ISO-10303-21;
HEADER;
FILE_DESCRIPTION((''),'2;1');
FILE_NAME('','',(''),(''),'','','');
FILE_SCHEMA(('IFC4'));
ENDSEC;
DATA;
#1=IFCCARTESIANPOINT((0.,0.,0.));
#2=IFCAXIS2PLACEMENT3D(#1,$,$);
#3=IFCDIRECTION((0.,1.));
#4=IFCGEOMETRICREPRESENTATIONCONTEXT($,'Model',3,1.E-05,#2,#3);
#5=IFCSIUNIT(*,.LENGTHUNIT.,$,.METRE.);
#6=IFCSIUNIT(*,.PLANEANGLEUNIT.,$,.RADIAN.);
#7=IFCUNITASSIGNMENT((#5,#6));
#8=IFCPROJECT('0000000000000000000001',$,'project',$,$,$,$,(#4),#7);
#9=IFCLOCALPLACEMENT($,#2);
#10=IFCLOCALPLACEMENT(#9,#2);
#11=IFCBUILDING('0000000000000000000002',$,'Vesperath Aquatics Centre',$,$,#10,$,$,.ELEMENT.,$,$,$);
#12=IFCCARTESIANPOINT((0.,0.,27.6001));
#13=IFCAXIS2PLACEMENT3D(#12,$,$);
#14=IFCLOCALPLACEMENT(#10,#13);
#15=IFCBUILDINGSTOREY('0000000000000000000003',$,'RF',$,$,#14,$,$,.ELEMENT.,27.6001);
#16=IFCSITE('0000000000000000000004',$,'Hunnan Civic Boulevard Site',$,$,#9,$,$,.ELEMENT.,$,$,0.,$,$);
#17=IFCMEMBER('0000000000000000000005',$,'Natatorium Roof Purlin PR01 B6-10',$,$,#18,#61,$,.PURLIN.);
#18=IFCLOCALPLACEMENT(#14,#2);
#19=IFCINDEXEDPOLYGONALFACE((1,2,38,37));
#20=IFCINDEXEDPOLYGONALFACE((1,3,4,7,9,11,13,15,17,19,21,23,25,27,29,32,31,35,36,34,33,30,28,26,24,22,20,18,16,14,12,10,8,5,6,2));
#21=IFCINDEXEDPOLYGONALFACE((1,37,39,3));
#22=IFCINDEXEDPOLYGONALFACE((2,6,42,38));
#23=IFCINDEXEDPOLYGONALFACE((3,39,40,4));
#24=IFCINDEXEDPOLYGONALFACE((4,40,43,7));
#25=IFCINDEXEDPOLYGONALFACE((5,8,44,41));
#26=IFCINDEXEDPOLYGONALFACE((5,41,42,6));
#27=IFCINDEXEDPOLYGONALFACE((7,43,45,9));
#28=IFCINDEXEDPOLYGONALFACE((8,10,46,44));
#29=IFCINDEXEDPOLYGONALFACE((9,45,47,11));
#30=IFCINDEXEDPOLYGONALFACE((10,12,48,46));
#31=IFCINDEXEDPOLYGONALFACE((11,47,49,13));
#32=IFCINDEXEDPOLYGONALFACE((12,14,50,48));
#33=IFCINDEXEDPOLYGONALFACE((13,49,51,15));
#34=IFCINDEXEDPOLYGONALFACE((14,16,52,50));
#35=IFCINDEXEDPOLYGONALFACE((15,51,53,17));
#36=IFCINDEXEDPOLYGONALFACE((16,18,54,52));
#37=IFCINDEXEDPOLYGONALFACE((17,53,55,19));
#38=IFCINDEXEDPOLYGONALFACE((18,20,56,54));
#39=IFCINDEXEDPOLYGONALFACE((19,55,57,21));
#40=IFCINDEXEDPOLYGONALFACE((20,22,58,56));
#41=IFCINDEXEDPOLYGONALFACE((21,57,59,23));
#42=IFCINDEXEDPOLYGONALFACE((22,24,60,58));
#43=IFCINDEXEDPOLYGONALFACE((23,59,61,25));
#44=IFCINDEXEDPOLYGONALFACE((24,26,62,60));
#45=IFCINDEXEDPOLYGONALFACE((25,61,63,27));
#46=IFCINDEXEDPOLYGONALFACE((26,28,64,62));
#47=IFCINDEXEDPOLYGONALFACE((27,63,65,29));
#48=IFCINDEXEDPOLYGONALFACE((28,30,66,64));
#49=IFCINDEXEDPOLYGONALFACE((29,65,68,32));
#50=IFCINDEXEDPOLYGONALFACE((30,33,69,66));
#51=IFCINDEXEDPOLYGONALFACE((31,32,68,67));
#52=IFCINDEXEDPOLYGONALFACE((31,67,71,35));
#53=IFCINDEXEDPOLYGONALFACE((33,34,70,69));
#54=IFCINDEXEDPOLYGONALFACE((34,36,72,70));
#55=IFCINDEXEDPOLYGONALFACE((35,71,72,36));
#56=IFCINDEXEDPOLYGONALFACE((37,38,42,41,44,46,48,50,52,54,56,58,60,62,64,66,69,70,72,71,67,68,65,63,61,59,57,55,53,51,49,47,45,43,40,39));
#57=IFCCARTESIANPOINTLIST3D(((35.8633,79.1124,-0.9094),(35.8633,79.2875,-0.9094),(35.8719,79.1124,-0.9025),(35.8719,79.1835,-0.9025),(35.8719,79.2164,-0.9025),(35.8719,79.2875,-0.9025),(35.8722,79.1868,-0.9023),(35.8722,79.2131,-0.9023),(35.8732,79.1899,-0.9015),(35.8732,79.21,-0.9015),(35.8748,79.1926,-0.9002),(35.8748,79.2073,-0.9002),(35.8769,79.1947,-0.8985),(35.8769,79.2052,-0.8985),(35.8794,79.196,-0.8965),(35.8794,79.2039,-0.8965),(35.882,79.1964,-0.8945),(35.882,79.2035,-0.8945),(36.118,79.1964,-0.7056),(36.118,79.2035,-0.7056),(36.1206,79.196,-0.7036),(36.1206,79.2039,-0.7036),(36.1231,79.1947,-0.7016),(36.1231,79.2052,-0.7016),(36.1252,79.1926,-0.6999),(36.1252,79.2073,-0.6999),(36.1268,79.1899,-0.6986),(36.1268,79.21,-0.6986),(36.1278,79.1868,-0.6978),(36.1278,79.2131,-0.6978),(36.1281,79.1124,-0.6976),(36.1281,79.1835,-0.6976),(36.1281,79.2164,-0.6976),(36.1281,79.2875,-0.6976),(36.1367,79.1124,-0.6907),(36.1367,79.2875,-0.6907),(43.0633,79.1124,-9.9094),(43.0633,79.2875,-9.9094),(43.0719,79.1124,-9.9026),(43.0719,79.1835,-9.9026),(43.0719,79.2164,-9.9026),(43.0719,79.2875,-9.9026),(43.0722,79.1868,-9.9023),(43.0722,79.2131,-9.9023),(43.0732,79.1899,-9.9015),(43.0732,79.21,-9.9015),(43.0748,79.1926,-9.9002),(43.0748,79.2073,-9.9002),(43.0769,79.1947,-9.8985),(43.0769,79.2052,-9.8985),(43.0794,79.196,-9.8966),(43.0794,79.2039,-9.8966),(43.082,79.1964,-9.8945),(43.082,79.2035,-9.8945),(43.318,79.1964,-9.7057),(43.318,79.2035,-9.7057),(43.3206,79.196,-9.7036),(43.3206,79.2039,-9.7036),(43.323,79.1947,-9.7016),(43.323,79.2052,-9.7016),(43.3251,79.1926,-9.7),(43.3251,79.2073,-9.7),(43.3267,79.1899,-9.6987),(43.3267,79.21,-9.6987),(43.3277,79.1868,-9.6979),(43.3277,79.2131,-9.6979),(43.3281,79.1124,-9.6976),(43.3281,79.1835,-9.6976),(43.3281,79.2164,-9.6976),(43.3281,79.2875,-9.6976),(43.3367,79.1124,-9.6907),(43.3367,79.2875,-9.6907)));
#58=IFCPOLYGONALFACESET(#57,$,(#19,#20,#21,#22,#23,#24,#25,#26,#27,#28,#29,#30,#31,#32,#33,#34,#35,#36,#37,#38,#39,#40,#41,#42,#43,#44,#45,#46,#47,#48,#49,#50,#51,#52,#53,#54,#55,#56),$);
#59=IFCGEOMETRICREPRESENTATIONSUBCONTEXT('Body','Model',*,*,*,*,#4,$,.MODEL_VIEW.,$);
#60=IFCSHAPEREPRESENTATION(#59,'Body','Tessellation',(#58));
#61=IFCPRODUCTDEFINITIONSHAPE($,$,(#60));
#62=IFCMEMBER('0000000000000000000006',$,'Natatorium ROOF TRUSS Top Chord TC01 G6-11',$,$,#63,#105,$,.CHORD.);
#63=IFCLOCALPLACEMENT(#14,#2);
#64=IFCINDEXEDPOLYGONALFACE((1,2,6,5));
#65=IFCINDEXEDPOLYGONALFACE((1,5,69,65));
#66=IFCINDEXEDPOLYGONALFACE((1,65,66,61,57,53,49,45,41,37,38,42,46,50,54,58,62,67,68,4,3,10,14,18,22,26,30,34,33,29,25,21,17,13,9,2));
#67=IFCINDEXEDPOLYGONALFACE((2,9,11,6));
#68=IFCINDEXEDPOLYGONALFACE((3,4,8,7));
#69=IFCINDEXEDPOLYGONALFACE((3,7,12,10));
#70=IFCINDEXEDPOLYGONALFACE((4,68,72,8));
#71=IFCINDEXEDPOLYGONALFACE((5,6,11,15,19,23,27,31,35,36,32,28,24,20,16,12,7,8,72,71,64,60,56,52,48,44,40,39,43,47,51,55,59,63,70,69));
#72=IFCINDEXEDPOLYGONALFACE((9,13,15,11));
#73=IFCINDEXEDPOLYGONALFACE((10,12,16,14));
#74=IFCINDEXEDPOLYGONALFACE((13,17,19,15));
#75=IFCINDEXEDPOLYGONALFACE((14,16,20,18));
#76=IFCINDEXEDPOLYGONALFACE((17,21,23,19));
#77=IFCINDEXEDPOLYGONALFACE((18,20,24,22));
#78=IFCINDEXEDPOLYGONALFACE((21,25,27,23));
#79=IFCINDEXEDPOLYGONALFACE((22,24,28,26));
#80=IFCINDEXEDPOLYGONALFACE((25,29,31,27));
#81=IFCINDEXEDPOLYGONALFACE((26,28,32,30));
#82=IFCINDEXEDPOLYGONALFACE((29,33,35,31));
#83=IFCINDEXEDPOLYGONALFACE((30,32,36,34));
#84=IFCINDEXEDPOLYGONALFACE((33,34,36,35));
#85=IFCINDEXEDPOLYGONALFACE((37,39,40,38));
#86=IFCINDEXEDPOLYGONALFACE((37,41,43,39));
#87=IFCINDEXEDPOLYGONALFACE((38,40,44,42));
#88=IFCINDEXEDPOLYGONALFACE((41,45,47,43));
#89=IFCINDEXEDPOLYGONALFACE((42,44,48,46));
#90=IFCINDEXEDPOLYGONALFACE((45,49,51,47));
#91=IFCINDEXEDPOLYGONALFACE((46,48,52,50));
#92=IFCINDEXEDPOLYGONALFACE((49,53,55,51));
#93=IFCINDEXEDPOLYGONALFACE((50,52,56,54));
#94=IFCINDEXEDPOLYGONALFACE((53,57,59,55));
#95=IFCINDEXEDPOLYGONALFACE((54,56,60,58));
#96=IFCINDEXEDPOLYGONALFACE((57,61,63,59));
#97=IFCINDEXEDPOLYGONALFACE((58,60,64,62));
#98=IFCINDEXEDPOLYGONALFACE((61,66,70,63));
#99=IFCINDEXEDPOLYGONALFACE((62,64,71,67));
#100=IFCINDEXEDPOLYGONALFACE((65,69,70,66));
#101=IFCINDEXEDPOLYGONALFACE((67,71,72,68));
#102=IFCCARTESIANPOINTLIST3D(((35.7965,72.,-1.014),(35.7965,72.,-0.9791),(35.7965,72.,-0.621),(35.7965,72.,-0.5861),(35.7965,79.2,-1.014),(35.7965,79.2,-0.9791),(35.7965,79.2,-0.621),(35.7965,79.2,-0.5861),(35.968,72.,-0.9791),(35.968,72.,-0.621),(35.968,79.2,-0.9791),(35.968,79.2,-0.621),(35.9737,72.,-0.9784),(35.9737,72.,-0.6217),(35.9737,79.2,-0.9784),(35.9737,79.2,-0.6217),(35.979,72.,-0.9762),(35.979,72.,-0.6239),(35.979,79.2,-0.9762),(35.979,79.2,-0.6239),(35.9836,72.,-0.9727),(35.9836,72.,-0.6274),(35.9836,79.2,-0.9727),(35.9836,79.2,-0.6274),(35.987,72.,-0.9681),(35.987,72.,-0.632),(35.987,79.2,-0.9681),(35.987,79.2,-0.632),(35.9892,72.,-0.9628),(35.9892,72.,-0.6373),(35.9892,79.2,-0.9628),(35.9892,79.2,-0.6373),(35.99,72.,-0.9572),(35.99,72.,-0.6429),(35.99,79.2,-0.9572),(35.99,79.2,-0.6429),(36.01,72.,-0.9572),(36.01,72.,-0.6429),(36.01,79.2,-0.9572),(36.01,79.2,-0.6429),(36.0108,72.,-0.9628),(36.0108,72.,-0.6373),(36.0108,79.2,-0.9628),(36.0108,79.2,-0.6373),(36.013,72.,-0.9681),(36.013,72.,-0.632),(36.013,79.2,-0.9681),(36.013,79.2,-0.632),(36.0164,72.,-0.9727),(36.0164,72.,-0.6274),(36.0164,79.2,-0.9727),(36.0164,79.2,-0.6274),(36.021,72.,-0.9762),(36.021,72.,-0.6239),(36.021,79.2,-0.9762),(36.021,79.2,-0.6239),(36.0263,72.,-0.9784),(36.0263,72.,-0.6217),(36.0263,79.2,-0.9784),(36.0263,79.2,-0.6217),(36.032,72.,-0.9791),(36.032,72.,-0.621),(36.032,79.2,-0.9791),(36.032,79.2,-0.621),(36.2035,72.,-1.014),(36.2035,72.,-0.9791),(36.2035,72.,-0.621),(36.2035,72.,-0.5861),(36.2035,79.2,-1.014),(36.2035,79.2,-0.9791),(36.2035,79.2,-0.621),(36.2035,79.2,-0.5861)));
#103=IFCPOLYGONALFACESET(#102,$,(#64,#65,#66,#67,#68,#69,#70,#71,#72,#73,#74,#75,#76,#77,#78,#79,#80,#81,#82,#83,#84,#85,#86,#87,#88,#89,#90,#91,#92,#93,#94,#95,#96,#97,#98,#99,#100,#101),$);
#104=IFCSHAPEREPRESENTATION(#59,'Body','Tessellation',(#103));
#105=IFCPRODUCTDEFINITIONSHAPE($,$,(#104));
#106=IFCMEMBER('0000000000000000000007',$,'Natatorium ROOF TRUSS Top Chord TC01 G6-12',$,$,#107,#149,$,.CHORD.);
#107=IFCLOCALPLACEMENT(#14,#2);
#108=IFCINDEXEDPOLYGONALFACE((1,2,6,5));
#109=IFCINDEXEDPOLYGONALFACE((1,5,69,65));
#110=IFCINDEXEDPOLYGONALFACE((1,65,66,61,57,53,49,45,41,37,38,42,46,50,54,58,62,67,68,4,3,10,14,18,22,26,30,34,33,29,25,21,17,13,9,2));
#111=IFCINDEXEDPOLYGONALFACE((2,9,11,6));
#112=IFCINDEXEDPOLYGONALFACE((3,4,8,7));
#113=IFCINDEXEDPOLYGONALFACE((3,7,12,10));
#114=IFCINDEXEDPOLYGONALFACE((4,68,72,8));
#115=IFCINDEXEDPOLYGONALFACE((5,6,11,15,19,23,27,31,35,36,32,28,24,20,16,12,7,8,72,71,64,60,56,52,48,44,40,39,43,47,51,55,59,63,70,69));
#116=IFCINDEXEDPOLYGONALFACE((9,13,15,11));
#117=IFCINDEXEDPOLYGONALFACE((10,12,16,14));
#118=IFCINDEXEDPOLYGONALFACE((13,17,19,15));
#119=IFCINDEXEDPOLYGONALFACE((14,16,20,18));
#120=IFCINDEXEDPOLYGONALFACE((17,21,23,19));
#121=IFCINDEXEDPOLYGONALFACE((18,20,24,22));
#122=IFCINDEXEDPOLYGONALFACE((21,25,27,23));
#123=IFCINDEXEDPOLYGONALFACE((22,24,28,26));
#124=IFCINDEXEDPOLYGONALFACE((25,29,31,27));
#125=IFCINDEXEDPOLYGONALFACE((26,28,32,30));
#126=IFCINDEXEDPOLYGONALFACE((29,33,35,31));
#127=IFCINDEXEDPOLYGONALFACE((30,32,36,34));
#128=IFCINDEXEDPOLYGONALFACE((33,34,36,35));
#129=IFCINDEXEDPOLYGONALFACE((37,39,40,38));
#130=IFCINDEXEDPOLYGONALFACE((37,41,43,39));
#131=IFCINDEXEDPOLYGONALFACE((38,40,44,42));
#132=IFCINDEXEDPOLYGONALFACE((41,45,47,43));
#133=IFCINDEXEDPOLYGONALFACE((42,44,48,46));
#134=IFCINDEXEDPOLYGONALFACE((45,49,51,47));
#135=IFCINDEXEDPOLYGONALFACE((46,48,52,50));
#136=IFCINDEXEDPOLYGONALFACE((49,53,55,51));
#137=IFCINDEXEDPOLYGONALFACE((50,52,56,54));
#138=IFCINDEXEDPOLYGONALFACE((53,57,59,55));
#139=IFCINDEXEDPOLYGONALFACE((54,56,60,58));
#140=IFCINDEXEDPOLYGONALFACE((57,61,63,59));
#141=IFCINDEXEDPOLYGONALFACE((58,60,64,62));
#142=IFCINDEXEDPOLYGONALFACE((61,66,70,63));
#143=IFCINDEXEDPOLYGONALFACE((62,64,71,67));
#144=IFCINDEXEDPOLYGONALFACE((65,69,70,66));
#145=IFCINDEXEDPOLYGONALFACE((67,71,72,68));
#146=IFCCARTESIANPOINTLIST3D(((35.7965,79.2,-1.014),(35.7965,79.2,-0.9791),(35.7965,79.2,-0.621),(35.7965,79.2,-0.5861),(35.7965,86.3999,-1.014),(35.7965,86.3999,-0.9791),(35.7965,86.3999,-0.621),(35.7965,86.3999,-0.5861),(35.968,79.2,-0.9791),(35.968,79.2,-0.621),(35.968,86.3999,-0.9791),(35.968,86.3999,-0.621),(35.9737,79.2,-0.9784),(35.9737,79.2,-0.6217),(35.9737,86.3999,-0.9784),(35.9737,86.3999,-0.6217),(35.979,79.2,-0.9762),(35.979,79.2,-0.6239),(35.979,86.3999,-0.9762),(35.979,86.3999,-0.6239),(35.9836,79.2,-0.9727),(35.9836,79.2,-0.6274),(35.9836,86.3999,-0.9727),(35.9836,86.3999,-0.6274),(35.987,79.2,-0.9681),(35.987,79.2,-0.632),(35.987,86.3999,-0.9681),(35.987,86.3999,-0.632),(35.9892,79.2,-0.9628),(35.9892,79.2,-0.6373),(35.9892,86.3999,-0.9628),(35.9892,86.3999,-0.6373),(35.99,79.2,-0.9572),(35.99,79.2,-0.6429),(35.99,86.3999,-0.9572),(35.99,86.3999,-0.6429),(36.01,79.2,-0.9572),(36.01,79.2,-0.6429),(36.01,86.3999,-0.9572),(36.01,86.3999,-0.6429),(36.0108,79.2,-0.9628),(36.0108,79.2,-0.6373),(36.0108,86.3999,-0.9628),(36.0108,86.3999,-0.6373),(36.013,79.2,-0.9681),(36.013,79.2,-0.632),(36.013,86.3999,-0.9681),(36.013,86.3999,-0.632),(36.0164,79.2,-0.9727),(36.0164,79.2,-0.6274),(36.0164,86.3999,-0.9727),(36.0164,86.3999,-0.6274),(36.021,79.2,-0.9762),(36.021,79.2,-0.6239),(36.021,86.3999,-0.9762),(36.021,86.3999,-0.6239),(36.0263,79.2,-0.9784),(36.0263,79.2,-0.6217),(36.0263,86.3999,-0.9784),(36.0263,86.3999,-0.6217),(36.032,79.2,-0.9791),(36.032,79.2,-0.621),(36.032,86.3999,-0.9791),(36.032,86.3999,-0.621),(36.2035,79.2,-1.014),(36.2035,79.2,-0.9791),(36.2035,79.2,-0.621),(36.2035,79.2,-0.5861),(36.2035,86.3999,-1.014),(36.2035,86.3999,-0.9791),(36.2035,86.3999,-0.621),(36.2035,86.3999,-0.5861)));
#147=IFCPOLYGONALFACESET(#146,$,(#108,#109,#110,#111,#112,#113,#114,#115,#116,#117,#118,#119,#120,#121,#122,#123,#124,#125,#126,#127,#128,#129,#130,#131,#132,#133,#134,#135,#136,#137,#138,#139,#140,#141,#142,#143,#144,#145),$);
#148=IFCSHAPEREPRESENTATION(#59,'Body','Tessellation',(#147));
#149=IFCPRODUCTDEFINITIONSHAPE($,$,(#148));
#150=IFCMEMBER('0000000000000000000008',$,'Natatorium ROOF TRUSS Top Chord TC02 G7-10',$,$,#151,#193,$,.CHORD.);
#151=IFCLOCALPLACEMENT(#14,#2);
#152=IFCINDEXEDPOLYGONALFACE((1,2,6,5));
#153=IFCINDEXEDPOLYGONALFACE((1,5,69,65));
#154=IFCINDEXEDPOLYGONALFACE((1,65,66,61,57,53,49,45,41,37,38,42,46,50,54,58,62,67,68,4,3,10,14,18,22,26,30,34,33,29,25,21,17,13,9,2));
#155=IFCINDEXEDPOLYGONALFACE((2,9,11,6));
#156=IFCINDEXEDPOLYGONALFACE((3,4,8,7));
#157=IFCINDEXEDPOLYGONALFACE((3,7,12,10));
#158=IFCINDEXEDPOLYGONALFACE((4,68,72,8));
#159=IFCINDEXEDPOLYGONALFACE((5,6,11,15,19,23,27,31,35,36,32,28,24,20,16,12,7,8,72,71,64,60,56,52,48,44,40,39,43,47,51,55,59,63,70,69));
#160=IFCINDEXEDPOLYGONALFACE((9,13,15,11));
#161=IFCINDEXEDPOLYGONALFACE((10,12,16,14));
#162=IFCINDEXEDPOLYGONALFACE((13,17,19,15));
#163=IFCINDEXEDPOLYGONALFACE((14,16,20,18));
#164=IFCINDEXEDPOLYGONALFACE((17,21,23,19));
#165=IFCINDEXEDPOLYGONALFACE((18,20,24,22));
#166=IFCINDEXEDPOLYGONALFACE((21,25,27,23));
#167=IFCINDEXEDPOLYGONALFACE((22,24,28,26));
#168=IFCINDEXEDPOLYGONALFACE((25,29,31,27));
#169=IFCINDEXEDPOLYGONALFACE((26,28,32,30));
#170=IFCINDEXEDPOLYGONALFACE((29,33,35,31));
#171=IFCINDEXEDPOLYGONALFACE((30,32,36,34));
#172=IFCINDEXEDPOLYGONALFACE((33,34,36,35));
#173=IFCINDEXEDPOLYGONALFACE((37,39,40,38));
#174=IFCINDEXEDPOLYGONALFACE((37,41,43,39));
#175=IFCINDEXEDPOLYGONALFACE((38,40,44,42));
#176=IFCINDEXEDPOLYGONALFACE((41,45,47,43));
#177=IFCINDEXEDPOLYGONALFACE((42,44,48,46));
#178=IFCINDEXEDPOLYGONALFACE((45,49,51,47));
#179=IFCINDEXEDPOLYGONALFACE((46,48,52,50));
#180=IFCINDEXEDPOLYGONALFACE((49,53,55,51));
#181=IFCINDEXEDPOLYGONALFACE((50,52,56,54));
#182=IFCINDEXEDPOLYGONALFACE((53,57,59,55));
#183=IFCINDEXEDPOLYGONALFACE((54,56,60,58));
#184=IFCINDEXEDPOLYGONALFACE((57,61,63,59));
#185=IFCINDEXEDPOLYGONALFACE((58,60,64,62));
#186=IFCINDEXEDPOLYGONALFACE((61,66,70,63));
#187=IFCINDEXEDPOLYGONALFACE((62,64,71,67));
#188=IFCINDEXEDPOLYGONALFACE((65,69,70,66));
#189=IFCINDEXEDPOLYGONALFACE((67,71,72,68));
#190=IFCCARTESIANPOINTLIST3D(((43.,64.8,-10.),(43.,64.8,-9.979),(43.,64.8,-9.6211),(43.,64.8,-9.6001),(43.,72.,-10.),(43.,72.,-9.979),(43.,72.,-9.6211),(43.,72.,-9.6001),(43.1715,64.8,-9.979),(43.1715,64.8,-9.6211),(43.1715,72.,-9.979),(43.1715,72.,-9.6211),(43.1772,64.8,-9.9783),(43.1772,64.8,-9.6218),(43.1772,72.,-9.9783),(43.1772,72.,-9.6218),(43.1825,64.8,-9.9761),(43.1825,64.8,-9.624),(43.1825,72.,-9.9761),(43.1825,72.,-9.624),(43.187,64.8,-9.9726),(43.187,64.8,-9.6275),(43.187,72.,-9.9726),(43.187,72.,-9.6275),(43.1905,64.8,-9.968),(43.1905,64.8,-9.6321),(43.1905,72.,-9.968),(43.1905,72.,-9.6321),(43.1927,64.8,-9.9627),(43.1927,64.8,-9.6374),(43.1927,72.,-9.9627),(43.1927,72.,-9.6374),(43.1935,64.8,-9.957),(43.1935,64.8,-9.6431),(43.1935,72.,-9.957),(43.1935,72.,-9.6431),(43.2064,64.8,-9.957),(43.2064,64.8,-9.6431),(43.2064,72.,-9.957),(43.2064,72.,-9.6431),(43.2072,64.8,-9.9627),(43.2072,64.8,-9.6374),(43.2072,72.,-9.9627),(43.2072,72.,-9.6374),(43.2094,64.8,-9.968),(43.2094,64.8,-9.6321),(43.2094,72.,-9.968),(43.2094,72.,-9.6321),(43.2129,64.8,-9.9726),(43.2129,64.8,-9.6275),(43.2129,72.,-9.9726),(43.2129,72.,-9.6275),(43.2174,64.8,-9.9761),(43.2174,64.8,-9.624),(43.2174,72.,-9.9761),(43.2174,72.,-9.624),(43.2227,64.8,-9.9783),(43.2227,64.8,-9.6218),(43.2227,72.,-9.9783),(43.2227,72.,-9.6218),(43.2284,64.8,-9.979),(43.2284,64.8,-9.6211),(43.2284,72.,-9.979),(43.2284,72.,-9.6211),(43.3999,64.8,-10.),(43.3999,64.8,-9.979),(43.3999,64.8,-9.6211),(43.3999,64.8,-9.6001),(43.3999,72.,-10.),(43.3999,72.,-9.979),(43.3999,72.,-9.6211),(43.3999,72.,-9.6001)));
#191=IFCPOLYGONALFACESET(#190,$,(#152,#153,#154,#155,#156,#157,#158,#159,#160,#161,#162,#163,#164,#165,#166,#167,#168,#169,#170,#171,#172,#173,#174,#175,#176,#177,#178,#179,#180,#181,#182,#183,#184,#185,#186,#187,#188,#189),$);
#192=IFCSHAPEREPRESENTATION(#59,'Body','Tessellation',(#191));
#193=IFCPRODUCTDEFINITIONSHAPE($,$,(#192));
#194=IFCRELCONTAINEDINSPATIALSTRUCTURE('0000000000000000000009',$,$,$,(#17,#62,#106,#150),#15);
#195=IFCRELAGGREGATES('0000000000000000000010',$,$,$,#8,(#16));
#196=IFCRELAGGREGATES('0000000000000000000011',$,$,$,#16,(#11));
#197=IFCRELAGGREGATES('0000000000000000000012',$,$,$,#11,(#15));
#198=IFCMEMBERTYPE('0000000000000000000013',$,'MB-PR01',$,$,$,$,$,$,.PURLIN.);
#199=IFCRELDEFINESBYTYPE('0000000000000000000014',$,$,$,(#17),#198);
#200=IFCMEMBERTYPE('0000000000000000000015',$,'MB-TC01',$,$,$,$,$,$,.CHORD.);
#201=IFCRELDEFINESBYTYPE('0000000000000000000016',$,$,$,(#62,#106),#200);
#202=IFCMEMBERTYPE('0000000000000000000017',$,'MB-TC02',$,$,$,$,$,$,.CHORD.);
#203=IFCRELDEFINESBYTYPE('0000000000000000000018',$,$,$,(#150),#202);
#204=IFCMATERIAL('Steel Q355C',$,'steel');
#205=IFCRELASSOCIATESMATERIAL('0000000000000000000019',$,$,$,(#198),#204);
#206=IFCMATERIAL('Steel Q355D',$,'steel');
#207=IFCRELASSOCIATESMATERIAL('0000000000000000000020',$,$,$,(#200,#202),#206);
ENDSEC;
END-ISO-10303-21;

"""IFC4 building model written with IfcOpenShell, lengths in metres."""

from ifc_helpers import new_model, si_unit, direction, frame, origin, origin_2d, place, context, subcontext, project, spatial, i_section, extrude, material, material_profile, profile_set, type_object, element, save


model = new_model("IFC4")

# Units and contexts
model_context = context("Model", 3, precision=1e-05, world=origin(), true_north=direction((0.0, 1.0)))
body_context = subcontext(model_context, "Body", "Model", "MODEL_VIEW")
ifc_project = project(units=[si_unit("LENGTHUNIT", "METRE"), si_unit("PLANEANGLEUNIT", "RADIAN")], contexts=[model_context])

# Site, building, storey
site_placement = place(None, origin())
site = spatial("IfcSite", under=ifc_project, at=site_placement, Name="Hunnan Civic Boulevard Site", CompositionType="ELEMENT", RefElevation=0.0)
building_placement = place(site_placement, origin())
building = spatial("IfcBuilding", under=site, at=building_placement, Name="Vesperath Aquatics Centre", CompositionType="ELEMENT")
storey_placement = place(building_placement, frame((0.0, 0.0, 27.6001)))
storey = spatial("IfcBuildingStorey", under=building, at=storey_placement, Name="RF", CompositionType="ELEMENT", Elevation=27.6001)

# Members
ifc_material_1 = material(Name="Steel Q355D", Category="steel")
ifc_material_2 = material(Name="Steel Q355C", Category="steel")
ifc_material_profile_1 = material_profile(ifc_material_2, i_section(OverallWidth=0.175, OverallDepth=0.3501, WebThickness=0.0071, FlangeThickness=0.011, FilletRadius=0.0129, at=origin_2d()), Name="HN 350x175x7x11")
ifc_profile_set_1 = profile_set([ifc_material_profile_1], Name="Steel Q355C")
member_type_1 = type_object("IfcMemberType", Name="MB-PR01", PredefinedType="PURLIN", material=ifc_profile_set_1)
for number, where, z_axis, x_axis, name in (
    (1, (36.0, 79.2, -0.8), (0.624692, 0.0, -0.780871), (0.0, 1.0, 0.0), "Natatorium Roof Purlin PR01 B6-10"),
):
    element("IfcMember", number, at=place(storey_placement, frame(where, z_axis=z_axis, x_axis=x_axis)), inside=storey, type_object=member_type_1, Name=name, PredefinedType="PURLIN", context=body_context, shape_type="SweptSolid", body=[
        extrude(i_section(OverallWidth=0.175, OverallDepth=0.3501, WebThickness=0.0071, FlangeThickness=0.011, FilletRadius=0.0129, at=origin_2d()), origin(), (0.0, 0.0, 1.0), 11.5256),
    ])
ifc_material_profile_2 = material_profile(ifc_material_1, i_section(OverallWidth=0.407, OverallDepth=0.428, WebThickness=0.02, FlangeThickness=0.0349, FilletRadius=0.022, at=origin_2d()), Name="HW 428x407x20x35")
ifc_profile_set_2 = profile_set([ifc_material_profile_2], Name="Steel Q355D")
member_type_2 = type_object("IfcMemberType", Name="MB-TC01", PredefinedType="CHORD", material=ifc_profile_set_2)
for number, where, z_axis, x_axis, name in (
    (2, (36.0, 72.0, -0.8), (0.0, 1.0, 0.0), (-1.0, 0.0, 0.0), "Natatorium ROOF TRUSS Top Chord TC01 G6-11"),
    (3, (36.0, 79.2, -0.8), (0.0, 1.0, 0.0), (-1.0, 0.0, 0.0), "Natatorium ROOF TRUSS Top Chord TC01 G6-12"),
):
    element("IfcMember", number, at=place(storey_placement, frame(where, z_axis=z_axis, x_axis=x_axis)), inside=storey, type_object=member_type_2, Name=name, PredefinedType="CHORD", context=body_context, shape_type="SweptSolid", body=[
        extrude(i_section(OverallWidth=0.407, OverallDepth=0.428, WebThickness=0.02, FlangeThickness=0.0349, FilletRadius=0.022, at=origin_2d()), origin(), (0.0, 0.0, 1.0), 7.2),
    ])
ifc_material_profile_3 = material_profile(ifc_material_1, i_section(OverallWidth=0.3999, OverallDepth=0.3999, WebThickness=0.0129, FlangeThickness=0.021, FilletRadius=0.022, at=origin_2d()), Name="HW 400x400x13x21")
ifc_profile_set_3 = profile_set([ifc_material_profile_3], Name="Steel Q355D")
member_type_3 = type_object("IfcMemberType", Name="MB-TC02", PredefinedType="CHORD", material=ifc_profile_set_3)
member_1_placement = place(storey_placement, frame((43.2, 64.8, -9.8), z_axis=(0.0, 1.0, 0.0), x_axis=(-1.0, 0.0, 0.0)))
element("IfcMember", 4, at=member_1_placement, inside=storey, type_object=member_type_3, Name="Natatorium ROOF TRUSS Top Chord TC02 G7-10", PredefinedType="CHORD", context=body_context, shape_type="SweptSolid", body=[
    extrude(i_section(OverallWidth=0.3999, OverallDepth=0.3999, WebThickness=0.0129, FlangeThickness=0.021, FilletRadius=0.022, at=origin_2d()), origin(), (0.0, 0.0, 1.0), 7.2),
])

save(model, "model.ifc")
